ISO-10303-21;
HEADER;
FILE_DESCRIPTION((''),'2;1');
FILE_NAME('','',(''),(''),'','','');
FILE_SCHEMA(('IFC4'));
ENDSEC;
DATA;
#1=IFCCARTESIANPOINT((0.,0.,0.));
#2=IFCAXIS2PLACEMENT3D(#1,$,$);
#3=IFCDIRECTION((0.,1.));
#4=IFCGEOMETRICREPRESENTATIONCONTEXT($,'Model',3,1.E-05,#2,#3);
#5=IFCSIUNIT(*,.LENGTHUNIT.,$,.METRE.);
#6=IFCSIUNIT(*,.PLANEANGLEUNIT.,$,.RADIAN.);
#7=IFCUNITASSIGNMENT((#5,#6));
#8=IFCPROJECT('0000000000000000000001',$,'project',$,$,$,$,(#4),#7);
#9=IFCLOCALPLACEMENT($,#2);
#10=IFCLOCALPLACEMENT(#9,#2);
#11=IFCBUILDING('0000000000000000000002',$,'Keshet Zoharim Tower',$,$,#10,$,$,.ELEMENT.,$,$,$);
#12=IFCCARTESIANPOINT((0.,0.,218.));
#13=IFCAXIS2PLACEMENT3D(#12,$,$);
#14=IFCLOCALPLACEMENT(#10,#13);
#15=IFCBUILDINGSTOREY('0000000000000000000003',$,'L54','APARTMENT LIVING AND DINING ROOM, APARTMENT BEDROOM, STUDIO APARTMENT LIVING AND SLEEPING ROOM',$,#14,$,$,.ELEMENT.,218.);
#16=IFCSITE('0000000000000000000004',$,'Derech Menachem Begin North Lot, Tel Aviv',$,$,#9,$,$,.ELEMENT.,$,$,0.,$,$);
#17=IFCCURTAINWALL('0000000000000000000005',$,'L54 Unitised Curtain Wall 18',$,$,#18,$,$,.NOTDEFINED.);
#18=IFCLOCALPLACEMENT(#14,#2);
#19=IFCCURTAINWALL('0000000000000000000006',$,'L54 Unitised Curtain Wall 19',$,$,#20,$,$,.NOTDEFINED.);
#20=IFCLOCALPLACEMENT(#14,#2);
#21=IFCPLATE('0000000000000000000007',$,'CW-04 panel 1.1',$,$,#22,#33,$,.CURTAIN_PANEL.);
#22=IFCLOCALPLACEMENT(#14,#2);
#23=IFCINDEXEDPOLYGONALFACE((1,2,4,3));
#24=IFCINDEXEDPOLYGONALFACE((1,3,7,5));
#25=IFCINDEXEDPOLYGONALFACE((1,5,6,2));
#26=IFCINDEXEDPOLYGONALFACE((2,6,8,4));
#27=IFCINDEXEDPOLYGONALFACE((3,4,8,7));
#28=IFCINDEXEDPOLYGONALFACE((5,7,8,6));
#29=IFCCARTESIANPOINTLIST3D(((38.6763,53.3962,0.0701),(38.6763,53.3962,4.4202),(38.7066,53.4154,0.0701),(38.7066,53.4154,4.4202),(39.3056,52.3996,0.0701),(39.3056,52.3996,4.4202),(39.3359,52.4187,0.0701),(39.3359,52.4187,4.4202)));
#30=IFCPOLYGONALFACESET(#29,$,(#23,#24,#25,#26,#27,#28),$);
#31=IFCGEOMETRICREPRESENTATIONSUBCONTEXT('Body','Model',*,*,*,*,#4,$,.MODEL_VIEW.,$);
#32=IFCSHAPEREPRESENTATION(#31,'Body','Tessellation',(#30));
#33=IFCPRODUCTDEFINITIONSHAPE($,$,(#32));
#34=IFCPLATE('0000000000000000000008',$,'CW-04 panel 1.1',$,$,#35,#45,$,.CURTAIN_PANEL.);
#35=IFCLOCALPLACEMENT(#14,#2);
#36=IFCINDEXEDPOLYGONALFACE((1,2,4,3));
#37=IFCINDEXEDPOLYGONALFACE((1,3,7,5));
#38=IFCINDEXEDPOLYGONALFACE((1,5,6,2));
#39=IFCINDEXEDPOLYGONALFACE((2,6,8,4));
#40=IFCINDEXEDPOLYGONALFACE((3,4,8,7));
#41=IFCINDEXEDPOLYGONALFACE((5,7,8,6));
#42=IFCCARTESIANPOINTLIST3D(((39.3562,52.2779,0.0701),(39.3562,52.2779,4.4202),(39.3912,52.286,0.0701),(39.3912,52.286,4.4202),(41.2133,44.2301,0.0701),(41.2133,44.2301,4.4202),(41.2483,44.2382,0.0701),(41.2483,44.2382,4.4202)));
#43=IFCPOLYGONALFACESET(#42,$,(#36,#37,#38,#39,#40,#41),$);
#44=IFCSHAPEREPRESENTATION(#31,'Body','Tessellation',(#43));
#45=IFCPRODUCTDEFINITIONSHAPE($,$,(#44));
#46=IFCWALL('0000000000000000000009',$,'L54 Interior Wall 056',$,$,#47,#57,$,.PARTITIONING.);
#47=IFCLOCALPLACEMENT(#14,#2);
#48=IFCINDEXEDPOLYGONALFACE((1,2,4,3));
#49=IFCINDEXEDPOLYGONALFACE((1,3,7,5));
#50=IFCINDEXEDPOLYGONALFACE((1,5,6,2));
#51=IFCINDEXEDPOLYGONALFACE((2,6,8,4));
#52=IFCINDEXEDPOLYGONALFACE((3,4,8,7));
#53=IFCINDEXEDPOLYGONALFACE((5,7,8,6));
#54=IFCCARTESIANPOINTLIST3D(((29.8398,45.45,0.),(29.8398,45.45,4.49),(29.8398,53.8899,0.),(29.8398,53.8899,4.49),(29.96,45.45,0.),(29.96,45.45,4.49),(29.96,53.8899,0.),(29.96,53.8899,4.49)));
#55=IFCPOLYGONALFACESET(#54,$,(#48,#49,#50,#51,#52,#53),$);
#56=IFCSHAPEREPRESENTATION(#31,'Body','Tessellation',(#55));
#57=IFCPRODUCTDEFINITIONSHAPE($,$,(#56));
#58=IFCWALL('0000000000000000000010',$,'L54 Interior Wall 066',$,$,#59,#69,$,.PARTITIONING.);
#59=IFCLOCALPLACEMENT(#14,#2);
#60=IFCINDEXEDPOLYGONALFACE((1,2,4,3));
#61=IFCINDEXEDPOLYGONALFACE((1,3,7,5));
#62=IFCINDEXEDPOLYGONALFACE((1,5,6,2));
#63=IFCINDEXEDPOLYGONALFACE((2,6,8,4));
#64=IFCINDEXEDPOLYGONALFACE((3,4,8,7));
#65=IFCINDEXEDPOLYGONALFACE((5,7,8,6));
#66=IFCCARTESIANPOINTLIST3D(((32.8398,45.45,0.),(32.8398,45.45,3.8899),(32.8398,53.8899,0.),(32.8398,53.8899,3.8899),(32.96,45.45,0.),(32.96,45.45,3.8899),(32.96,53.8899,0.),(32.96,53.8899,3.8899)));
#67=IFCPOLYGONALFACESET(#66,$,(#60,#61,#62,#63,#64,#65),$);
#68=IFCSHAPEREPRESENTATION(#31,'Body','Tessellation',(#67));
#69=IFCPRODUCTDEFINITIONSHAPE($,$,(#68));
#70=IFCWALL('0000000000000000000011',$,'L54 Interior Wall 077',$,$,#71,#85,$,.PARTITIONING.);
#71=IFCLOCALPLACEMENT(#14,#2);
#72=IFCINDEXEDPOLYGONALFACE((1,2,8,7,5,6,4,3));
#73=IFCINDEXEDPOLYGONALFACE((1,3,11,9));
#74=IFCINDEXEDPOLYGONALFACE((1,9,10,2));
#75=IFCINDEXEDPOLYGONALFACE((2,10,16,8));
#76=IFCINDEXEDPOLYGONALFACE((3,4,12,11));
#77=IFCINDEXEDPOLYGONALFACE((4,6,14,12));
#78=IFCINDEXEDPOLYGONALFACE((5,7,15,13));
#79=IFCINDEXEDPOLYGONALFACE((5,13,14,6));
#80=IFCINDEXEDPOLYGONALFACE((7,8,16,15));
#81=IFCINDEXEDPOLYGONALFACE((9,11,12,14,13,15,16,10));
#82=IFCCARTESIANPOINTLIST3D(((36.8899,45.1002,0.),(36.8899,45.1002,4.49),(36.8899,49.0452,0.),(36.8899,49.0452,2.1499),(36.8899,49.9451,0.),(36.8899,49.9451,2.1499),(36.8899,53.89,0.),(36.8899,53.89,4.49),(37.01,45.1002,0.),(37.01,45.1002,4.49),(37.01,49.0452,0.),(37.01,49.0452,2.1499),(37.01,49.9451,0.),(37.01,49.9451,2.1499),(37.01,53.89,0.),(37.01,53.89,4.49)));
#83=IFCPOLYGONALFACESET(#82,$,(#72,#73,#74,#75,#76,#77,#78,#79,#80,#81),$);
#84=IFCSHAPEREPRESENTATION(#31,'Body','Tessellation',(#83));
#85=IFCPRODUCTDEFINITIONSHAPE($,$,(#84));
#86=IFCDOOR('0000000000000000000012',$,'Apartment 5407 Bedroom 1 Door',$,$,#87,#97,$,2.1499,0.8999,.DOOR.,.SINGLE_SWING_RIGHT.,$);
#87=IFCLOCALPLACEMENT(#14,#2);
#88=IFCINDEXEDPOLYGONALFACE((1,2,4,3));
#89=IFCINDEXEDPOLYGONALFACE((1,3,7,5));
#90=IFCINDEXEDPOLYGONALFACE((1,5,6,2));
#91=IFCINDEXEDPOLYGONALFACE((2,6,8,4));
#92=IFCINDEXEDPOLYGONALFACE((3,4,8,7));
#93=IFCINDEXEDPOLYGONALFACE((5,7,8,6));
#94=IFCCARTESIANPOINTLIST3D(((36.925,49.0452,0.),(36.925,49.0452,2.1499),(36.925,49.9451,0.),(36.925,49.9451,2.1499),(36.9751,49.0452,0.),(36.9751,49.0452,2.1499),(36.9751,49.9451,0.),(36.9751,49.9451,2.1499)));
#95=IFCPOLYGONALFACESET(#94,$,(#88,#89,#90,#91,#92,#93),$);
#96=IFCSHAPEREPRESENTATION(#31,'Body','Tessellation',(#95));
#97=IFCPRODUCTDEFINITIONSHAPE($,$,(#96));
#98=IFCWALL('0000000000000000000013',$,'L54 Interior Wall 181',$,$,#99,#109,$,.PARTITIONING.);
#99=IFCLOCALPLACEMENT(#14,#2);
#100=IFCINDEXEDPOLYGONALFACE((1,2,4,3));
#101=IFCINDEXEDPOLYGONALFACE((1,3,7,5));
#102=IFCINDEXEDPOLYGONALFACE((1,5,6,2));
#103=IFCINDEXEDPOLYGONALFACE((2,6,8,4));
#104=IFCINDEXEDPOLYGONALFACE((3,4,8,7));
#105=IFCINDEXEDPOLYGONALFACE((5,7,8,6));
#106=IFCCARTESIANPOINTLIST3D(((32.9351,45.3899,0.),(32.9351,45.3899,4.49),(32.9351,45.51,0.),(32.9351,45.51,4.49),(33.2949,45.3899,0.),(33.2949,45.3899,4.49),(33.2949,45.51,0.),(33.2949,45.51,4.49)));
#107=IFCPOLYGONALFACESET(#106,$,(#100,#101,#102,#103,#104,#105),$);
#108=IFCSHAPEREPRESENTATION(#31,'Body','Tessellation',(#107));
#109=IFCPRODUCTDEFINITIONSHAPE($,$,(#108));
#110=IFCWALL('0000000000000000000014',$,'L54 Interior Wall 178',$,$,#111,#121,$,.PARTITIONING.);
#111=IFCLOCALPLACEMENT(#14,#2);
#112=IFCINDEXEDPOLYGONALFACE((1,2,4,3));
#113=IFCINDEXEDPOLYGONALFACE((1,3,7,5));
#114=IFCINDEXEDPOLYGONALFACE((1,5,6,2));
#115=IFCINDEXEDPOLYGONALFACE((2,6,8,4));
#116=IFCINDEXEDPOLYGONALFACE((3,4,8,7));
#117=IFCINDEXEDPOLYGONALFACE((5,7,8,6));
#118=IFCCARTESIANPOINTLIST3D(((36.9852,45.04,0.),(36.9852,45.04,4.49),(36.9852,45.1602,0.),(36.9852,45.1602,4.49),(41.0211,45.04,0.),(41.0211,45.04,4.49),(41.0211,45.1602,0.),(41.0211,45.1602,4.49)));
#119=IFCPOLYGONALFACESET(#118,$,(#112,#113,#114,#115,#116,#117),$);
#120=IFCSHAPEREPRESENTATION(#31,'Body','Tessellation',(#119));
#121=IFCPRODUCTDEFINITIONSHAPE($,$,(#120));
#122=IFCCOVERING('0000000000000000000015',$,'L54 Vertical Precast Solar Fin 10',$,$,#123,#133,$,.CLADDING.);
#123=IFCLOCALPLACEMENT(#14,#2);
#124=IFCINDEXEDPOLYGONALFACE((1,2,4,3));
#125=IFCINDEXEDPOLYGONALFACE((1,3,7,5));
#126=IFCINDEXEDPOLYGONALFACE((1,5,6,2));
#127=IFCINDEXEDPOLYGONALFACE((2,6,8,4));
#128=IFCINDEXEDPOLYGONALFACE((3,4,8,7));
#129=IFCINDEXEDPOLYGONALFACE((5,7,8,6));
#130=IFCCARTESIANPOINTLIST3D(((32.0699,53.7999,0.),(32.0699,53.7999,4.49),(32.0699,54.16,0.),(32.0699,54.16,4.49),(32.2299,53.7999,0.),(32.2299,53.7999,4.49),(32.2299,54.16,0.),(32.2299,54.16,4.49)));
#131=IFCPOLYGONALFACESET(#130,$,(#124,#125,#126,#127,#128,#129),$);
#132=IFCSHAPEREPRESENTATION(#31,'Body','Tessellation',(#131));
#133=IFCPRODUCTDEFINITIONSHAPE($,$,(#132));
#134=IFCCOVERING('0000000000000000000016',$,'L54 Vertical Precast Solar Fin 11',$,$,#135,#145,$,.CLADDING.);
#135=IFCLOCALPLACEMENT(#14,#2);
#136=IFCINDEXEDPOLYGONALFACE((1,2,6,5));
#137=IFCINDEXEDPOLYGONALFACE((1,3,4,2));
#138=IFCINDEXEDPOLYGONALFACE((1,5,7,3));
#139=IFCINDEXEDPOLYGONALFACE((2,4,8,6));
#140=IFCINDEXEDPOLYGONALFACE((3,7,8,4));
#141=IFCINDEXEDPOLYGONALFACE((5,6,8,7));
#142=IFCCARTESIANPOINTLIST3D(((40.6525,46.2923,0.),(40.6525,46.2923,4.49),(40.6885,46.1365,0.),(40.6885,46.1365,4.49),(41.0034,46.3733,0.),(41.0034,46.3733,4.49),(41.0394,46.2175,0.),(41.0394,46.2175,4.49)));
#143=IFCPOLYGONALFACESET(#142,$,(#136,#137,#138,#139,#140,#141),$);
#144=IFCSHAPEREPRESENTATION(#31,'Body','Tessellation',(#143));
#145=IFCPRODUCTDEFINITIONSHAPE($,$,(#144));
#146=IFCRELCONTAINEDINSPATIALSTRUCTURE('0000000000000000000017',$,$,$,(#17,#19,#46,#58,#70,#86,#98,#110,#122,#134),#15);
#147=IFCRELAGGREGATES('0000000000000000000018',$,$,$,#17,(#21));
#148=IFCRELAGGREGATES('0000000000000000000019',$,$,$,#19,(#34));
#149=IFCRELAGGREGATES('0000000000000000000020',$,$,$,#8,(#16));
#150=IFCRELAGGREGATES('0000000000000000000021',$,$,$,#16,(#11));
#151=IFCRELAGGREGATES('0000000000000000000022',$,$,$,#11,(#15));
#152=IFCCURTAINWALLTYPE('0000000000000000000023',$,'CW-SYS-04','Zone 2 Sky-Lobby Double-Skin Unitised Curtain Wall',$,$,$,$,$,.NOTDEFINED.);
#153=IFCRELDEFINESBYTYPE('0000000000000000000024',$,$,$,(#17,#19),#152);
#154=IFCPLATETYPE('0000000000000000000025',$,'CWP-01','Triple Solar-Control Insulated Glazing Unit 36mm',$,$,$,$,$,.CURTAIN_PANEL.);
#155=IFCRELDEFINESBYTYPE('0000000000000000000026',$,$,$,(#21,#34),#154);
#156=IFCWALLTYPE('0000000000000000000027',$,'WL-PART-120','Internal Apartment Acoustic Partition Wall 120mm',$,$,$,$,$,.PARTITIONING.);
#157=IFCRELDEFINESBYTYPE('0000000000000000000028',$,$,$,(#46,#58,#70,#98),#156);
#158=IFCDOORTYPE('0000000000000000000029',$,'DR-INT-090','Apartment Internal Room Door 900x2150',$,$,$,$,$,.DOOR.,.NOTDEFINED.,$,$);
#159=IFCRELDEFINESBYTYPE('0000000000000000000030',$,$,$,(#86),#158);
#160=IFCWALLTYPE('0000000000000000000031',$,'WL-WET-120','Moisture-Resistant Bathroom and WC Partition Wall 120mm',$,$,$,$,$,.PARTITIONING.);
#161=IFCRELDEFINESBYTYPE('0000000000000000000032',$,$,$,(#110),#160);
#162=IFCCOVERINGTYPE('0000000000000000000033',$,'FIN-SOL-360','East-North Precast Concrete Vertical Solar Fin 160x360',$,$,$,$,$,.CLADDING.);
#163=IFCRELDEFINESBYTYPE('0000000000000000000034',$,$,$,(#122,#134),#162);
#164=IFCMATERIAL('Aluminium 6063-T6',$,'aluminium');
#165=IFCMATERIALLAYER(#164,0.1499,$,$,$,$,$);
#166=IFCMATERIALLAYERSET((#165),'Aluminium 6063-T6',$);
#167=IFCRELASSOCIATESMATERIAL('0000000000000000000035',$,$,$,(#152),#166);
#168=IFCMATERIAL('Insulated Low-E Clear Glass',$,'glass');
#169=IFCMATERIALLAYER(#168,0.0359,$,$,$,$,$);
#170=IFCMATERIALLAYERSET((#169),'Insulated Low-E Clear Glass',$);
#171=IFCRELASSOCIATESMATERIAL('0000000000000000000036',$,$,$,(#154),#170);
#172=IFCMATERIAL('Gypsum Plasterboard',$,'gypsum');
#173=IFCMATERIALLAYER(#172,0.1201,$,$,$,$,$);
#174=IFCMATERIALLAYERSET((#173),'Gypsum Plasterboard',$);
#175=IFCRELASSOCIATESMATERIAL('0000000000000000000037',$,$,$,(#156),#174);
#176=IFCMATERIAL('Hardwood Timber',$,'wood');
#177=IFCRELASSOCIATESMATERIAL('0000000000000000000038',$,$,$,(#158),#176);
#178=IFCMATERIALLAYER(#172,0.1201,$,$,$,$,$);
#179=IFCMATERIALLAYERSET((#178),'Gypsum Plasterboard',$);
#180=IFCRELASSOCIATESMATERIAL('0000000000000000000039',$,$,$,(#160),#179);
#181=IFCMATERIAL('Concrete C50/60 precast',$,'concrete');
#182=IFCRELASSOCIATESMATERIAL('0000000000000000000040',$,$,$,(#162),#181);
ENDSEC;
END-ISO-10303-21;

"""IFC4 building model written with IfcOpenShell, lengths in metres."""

from ifc_helpers import new_model, si_unit, direction, frame, frame_2d, origin, origin_2d, place, context, subcontext, project, spatial, rectangle, extrude, material, layer, layer_set, type_object, element, fill, aggregate, save


model = new_model("IFC4")

# Units and contexts
model_context = context("Model", 3, precision=1e-05, world=origin(), true_north=direction((0.0, 1.0)))
body_context = subcontext(model_context, "Body", "Model", "MODEL_VIEW")
ifc_project = project(units=[si_unit("LENGTHUNIT", "METRE"), si_unit("PLANEANGLEUNIT", "RADIAN")], contexts=[model_context])

# Site, building, storey
site_placement = place(None, origin())
site = spatial("IfcSite", under=ifc_project, at=site_placement, Name="Derech Menachem Begin North Lot, Tel Aviv", CompositionType="ELEMENT", RefElevation=0.0)
building_placement = place(site_placement, origin())
building = spatial("IfcBuilding", under=site, at=building_placement, Name="Keshet Zoharim Tower", CompositionType="ELEMENT")
storey_placement = place(building_placement, frame((0.0, 0.0, 218.0)))
storey = spatial("IfcBuildingStorey", under=building, at=storey_placement, Name="L54", Description="APARTMENT LIVING AND DINING ROOM, APARTMENT BEDROOM, STUDIO APARTMENT LIVING AND SLEEPING ROOM", CompositionType="ELEMENT", Elevation=218.0)

# Curtain walls
ifc_material_1 = material(Name="Aluminium 6063-T6", Category="aluminium")
ifc_layer_1 = layer(ifc_material_1, 0.1499)
ifc_layer_set_1 = layer_set([ifc_layer_1], Name="Aluminium 6063-T6")
curtain_wall_type = type_object("IfcCurtainWallType", Name="CW-SYS-04", Description="Zone 2 Sky-Lobby Double-Skin Unitised Curtain Wall", PredefinedType="NOTDEFINED", material=ifc_layer_set_1)
curtain_wall_1_placement = place(storey_placement, origin())
curtain_wall_1 = element("IfcCurtainWall", 1, at=curtain_wall_1_placement, inside=storey, type_object=curtain_wall_type, Name="L54 Unitised Curtain Wall 18", PredefinedType="NOTDEFINED")
curtain_wall_2_placement = place(storey_placement, origin())
curtain_wall_2 = element("IfcCurtainWall", 2, at=curtain_wall_2_placement, inside=storey, type_object=curtain_wall_type, Name="L54 Unitised Curtain Wall 19", PredefinedType="NOTDEFINED")

# Plates
ifc_material_2 = material(Name="Insulated Low-E Clear Glass", Category="glass")
ifc_layer_2 = layer(ifc_material_2, 0.0359)
ifc_layer_set_2 = layer_set([ifc_layer_2], Name="Insulated Low-E Clear Glass")
plate_type = type_object("IfcPlateType", Name="CWP-01", Description="Triple Solar-Control Insulated Glazing Unit 36mm", PredefinedType="CURTAIN_PANEL", material=ifc_layer_set_2)
plate_1_placement = place(storey_placement, frame((39.0061, 52.9075, 0.0701), z_axis=(0.0, 0.0, 1.0), x_axis=(0.533879, -0.845561, 0.0)))
plate_1 = element("IfcPlate", 3, at=plate_1_placement, type_object=plate_type, Name="CW-04 panel 1.1", PredefinedType="CURTAIN_PANEL", context=body_context, shape_type="SweptSolid", body=[
    extrude(rectangle(XDim=1.1787, YDim=0.0359, at=origin_2d()), origin(), (0.0, 0.0, 1.0), 4.3501),
])
aggregate(curtain_wall_1, [plate_1])
plate_2_placement = place(storey_placement, frame((40.3022, 48.2581, 0.0701), z_axis=(0.0, 0.0, 1.0), x_axis=(0.224848, -0.974394, 0.0)))
plate_2 = element("IfcPlate", 4, at=plate_2_placement, type_object=plate_type, Name="CW-04 panel 1.1", PredefinedType="CURTAIN_PANEL", context=body_context, shape_type="SweptSolid", body=[
    extrude(rectangle(XDim=8.2593, YDim=0.0359, at=origin_2d()), origin(), (0.0, 0.0, 1.0), 4.3501),
])
aggregate(curtain_wall_2, [plate_2])

# Walls
ifc_material_3 = material(Name="Gypsum Plasterboard", Category="gypsum")
ifc_layer_3 = layer(ifc_material_3, 0.1201)
ifc_layer_set_3 = layer_set([ifc_layer_3], Name="Gypsum Plasterboard")
wall_type_1 = type_object("IfcWallType", Name="WL-PART-120", Description="Internal Apartment Acoustic Partition Wall 120mm", PredefinedType="PARTITIONING", material=ifc_layer_set_3)
wall_1_placement = place(storey_placement, frame((29.8999, 45.45, 0.0), z_axis=(0.0, 0.0, 1.0), x_axis=(0.0, 1.0, 0.0)))
element("IfcWall", 5, at=wall_1_placement, inside=storey, type_object=wall_type_1, Name="L54 Interior Wall 056", PredefinedType="PARTITIONING", context=body_context, shape_type="SweptSolid", body=[
    extrude(rectangle(XDim=8.4399, YDim=0.1201, at=frame_2d((4.22, 0.0))), origin(), (0.0, 0.0, 1.0), 4.49),
])
wall_2_placement = place(storey_placement, frame((32.8999, 45.45, 0.0), z_axis=(0.0, 0.0, 1.0), x_axis=(0.0, 1.0, 0.0)))
element("IfcWall", 6, at=wall_2_placement, inside=storey, type_object=wall_type_1, Name="L54 Interior Wall 066", PredefinedType="PARTITIONING", context=body_context, shape_type="SweptSolid", body=[
    extrude(rectangle(XDim=8.4399, YDim=0.1201, at=frame_2d((4.22, 0.0))), origin(), (0.0, 0.0, 1.0), 3.8899),
])

# Wall, opening, door
wall_3_placement = place(storey_placement, frame((36.95, 45.1001, 0.0), z_axis=(0.0, 0.0, 1.0), x_axis=(0.0, 1.0, 0.0)))
wall_3 = element("IfcWall", 7, at=wall_3_placement, inside=storey, type_object=wall_type_1, Name="L54 Interior Wall 077", PredefinedType="PARTITIONING", context=body_context, shape_type="SweptSolid", body=[
    extrude(rectangle(XDim=8.7898, YDim=0.1201, at=frame_2d((4.395, 0.0))), origin(), (0.0, 0.0, 1.0), 4.49),
])
opening_placement = place(wall_3_placement, frame((3.9451, 0.0, 0.0)))
opening = element("IfcOpeningElement", 8, at=opening_placement, cuts=wall_3, PredefinedType="OPENING", context=body_context, shape_type="SweptSolid", body=[
    extrude(rectangle(XDim=0.8999, YDim=2.1499, at=frame_2d((0.45, 1.075))), frame((0.0, 0.0701, 0.0), z_axis=(0.0, -1.0, 0.0), x_axis=(1.0, 0.0, 0.0)), (0.0, 0.0, 1.0), 0.1401),
])
ifc_material_4 = material(Name="Hardwood Timber", Category="wood")
door_type = type_object("IfcDoorType", Name="DR-INT-090", Description="Apartment Internal Room Door 900x2150", OperationType="NOTDEFINED", PredefinedType="DOOR", material=ifc_material_4)
door_placement = place(opening_placement, origin())
door = element("IfcDoor", 9, at=door_placement, inside=storey, type_object=door_type, Name="Apartment 5407 Bedroom 1 Door", OperationType="SINGLE_SWING_RIGHT", OverallHeight=2.1499, OverallWidth=0.8999, PredefinedType="DOOR", context=body_context, shape_type="SweptSolid", body=[
    extrude(rectangle(XDim=0.8999, YDim=2.1499, at=frame_2d((0.45, 1.075))), frame((0.0, 0.0249, 0.0), z_axis=(0.0, -1.0, 0.0), x_axis=(1.0, 0.0, 0.0)), (0.0, 0.0, 1.0), 0.05),
])
fill(opening, door)

# Walls
wall_4_placement = place(storey_placement, frame((32.9351, 45.45, 0.0), z_axis=(0.0, 0.0, 1.0), x_axis=(1.0, 0.0, 0.0)))
element("IfcWall", 10, at=wall_4_placement, inside=storey, type_object=wall_type_1, Name="L54 Interior Wall 181", PredefinedType="PARTITIONING", context=body_context, shape_type="SweptSolid", body=[
    extrude(rectangle(XDim=0.3599, YDim=0.1201, at=frame_2d((0.1799, 0.0))), origin(), (0.0, 0.0, 1.0), 4.49),
])
ifc_layer_4 = layer(ifc_material_3, 0.1201)
ifc_layer_set_4 = layer_set([ifc_layer_4], Name="Gypsum Plasterboard")
wall_type_2 = type_object("IfcWallType", Name="WL-WET-120", Description="Moisture-Resistant Bathroom and WC Partition Wall 120mm", PredefinedType="PARTITIONING", material=ifc_layer_set_4)
wall_5_placement = place(storey_placement, frame((36.9851, 45.1001, 0.0), z_axis=(0.0, 0.0, 1.0), x_axis=(1.0, 0.0, 0.0)))
element("IfcWall", 11, at=wall_5_placement, inside=storey, type_object=wall_type_2, Name="L54 Interior Wall 178", PredefinedType="PARTITIONING", context=body_context, shape_type="SweptSolid", body=[
    extrude(rectangle(XDim=4.0359, YDim=0.1201, at=frame_2d((2.0181, 0.0))), origin(), (0.0, 0.0, 1.0), 4.49),
])

# Coverings
ifc_material_5 = material(Name="Concrete C50/60 precast", Category="concrete")
covering_type = type_object("IfcCoveringType", Name="FIN-SOL-360", Description="East-North Precast Concrete Vertical Solar Fin 160x360", PredefinedType="CLADDING", material=ifc_material_5)
for number, where, z_axis, x_axis, name in (
    (12, (32.1499, 53.98, 0.0), (0.0, 0.0, 1.0), (1.0, 0.0, 0.0), "L54 Vertical Precast Solar Fin 10"),
    (13, (40.8459, 46.2549, 0.0), (0.0, 0.0, 1.0), (0.224848, -0.974394, 0.0), "L54 Vertical Precast Solar Fin 11"),
):
    element("IfcCovering", number, at=place(storey_placement, frame(where, z_axis=z_axis, x_axis=x_axis)), inside=storey, type_object=covering_type, Name=name, PredefinedType="CLADDING", context=body_context, shape_type="SweptSolid", body=[
        extrude(rectangle(XDim=0.1599, YDim=0.3601, at=origin_2d()), origin(), (0.0, 0.0, 1.0), 4.49),
    ])

save(model, "model.ifc")
